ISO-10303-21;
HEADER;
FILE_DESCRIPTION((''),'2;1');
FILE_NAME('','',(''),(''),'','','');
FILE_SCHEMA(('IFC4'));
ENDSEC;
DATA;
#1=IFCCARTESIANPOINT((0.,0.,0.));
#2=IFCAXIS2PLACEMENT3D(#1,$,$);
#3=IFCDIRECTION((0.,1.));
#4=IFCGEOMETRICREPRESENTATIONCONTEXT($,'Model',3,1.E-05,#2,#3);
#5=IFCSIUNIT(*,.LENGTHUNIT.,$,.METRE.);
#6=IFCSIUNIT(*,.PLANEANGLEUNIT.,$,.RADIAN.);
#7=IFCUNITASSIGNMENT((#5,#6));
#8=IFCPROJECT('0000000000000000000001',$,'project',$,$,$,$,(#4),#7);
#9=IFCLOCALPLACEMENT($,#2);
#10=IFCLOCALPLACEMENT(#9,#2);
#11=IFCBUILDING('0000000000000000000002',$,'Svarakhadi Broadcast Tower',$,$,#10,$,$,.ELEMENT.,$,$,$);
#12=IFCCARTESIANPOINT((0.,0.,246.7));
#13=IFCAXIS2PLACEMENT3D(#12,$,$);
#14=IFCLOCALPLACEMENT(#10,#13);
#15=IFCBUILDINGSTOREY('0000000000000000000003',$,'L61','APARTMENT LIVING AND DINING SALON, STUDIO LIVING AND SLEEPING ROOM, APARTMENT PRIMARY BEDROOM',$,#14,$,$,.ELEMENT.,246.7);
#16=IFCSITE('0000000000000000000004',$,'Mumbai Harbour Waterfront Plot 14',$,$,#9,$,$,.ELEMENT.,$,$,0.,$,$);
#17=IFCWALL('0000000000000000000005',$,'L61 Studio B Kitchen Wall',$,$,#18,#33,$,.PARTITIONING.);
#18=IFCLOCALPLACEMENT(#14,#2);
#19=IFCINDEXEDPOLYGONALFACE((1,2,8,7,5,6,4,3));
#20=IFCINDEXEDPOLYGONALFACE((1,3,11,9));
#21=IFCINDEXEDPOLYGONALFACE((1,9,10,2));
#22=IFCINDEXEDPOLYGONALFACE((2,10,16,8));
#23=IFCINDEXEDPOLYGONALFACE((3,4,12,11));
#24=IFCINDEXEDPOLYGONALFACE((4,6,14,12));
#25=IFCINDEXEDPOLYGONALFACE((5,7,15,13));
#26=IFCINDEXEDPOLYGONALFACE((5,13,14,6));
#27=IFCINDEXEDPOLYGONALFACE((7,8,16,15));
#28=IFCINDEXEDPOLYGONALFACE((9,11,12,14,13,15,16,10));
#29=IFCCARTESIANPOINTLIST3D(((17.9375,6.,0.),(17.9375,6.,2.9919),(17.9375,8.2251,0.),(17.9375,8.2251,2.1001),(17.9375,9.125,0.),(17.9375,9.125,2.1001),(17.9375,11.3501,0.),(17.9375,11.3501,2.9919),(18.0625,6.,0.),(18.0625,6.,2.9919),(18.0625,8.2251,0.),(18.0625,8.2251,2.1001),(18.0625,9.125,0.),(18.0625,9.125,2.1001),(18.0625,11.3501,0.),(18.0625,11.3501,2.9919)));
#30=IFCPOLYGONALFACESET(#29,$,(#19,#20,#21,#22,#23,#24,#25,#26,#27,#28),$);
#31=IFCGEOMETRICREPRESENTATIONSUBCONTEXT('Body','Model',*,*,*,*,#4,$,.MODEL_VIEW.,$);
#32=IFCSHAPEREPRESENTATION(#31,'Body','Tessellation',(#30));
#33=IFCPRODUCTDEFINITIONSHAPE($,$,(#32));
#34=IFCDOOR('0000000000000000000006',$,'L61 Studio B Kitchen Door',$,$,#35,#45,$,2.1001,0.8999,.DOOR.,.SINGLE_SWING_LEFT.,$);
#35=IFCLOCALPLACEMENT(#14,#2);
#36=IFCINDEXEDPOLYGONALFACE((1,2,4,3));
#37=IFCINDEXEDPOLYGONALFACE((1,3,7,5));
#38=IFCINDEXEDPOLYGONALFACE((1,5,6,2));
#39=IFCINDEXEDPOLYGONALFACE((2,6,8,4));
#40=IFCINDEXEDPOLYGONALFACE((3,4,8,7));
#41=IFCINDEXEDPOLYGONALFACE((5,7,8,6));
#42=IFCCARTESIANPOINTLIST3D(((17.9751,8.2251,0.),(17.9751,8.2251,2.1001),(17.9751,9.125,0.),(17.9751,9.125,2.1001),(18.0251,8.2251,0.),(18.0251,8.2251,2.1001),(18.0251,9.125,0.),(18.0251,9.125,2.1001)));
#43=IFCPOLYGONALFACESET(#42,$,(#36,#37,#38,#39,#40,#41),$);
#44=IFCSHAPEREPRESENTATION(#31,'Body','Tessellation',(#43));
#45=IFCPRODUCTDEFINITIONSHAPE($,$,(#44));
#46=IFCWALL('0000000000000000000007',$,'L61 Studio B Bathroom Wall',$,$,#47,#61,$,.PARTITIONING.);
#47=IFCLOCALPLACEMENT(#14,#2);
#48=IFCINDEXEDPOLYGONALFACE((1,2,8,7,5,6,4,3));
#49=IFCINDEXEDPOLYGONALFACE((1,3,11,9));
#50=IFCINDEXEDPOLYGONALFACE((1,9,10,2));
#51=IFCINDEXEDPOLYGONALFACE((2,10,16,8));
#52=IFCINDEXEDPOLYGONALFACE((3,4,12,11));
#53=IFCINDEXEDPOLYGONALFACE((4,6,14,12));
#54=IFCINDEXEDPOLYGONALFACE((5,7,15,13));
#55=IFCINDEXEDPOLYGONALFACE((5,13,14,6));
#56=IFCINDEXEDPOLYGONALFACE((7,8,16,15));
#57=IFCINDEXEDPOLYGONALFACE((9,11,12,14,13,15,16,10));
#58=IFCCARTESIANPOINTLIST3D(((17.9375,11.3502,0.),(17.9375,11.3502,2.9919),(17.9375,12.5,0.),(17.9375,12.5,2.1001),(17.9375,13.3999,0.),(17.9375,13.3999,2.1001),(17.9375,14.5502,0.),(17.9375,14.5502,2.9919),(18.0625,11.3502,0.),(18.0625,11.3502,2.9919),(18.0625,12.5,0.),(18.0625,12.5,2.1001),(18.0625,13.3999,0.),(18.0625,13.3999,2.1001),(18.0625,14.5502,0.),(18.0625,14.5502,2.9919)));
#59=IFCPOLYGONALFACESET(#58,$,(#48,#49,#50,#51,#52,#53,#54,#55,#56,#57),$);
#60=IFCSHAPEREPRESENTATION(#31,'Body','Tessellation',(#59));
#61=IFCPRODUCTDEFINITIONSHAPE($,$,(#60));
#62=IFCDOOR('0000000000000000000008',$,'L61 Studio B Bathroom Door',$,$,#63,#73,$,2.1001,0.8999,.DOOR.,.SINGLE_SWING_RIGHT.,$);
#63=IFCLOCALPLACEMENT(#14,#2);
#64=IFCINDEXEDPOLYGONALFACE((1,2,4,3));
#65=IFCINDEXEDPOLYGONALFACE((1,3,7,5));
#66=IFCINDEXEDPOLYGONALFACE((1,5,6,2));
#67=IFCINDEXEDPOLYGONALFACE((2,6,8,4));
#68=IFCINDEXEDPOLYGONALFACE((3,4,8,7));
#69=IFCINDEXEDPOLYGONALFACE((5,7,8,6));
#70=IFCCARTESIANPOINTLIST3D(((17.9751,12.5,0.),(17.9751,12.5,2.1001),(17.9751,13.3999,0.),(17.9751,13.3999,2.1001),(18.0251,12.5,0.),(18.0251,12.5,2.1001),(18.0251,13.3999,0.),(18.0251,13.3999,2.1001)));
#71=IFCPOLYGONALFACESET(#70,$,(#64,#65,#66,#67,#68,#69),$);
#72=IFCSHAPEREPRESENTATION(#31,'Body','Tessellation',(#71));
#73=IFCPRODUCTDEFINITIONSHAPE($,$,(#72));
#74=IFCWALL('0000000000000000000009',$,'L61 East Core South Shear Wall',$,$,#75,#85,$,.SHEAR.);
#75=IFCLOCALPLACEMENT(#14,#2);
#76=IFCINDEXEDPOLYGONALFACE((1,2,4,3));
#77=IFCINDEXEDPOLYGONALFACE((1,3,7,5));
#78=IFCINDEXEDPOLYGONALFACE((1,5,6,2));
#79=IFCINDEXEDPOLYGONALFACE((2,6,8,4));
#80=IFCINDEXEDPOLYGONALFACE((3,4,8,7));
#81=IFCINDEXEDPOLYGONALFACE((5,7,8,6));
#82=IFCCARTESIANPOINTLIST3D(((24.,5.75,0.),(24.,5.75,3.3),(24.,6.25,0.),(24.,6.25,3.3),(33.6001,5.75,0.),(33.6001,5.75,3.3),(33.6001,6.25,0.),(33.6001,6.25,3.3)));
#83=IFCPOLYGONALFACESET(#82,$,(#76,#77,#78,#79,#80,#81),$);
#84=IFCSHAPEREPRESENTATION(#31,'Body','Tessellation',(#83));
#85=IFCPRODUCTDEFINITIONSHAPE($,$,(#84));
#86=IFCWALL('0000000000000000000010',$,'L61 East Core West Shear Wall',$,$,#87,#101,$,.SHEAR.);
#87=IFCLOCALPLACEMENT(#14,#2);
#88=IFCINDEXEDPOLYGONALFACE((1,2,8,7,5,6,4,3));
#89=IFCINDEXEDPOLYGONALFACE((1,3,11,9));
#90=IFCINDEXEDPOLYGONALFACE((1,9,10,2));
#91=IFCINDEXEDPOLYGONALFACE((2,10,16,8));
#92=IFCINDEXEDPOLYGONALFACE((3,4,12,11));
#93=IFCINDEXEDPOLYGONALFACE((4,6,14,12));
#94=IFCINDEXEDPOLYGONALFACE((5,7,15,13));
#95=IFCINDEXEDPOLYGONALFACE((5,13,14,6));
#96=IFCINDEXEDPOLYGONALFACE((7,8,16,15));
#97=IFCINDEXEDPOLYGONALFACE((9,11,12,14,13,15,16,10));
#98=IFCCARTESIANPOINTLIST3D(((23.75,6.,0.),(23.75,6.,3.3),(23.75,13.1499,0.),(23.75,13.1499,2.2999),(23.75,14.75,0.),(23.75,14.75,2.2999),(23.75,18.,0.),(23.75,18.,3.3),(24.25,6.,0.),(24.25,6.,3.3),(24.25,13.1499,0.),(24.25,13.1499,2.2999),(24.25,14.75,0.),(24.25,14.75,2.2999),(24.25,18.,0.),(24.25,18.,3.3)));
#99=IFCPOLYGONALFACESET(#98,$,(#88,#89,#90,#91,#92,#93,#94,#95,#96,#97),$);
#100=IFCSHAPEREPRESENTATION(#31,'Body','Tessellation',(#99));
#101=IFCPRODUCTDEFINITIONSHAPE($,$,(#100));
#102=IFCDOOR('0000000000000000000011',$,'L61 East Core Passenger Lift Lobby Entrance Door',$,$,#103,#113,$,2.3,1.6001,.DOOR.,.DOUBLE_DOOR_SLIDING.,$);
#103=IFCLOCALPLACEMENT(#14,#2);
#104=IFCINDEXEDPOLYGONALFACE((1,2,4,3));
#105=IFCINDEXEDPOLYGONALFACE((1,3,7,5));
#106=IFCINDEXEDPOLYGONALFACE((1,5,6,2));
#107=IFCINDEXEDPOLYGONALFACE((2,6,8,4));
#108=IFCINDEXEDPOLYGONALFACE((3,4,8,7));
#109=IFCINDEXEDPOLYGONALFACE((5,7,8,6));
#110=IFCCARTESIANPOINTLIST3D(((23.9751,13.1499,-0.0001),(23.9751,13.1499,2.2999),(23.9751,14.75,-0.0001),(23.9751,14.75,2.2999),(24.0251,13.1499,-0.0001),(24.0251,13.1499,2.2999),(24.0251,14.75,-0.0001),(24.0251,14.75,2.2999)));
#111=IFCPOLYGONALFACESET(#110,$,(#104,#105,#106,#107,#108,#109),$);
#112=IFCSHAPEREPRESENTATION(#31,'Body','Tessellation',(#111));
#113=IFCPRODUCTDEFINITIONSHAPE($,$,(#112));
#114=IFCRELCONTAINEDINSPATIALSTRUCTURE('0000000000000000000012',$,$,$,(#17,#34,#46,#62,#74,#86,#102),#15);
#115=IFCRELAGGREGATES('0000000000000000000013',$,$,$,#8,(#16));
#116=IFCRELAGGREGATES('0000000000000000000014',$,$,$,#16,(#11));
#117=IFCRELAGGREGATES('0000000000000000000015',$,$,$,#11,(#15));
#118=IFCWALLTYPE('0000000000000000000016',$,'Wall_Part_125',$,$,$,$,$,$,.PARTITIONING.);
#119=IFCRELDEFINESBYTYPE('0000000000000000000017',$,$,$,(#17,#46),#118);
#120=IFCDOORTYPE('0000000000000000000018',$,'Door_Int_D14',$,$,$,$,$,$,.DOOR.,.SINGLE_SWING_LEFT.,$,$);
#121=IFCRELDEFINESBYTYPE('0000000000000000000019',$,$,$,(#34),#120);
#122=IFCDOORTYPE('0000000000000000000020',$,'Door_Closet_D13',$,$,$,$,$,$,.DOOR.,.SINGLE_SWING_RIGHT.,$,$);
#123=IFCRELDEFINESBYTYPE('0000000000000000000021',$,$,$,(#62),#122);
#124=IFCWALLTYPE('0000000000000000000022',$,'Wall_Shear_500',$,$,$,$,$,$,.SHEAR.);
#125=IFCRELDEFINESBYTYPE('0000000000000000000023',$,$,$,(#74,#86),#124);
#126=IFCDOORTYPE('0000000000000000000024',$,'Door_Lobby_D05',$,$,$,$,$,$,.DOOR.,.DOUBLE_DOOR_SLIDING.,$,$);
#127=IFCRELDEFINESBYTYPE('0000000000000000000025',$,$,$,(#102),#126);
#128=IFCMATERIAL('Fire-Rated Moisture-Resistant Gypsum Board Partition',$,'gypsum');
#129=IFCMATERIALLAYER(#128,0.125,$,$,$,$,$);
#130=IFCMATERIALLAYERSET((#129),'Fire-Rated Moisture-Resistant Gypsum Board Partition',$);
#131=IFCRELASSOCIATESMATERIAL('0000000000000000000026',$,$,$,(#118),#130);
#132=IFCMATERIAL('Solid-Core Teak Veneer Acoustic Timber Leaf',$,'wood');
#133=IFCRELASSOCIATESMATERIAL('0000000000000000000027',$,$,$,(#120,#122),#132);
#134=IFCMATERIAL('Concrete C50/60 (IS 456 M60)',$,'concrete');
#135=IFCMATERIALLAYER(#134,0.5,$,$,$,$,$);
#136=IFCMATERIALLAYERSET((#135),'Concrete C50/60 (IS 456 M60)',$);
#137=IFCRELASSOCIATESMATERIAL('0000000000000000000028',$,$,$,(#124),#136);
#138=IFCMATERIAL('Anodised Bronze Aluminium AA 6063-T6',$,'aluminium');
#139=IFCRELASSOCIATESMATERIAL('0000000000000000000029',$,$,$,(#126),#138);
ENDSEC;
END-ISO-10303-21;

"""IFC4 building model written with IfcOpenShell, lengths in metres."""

from ifc_helpers import new_model, si_unit, direction, frame, frame_2d, origin, place, context, subcontext, project, spatial, rectangle, extrude, material, layer, layer_set, type_object, element, fill, save


model = new_model("IFC4")

# Units and contexts
model_context = context("Model", 3, precision=1e-05, world=origin(), true_north=direction((0.0, 1.0)))
body_context = subcontext(model_context, "Body", "Model", "MODEL_VIEW")
ifc_project = project(units=[si_unit("LENGTHUNIT", "METRE"), si_unit("PLANEANGLEUNIT", "RADIAN")], contexts=[model_context])

# Site, building, storey
site_placement = place(None, origin())
site = spatial("IfcSite", under=ifc_project, at=site_placement, Name="Mumbai Harbour Waterfront Plot 14", CompositionType="ELEMENT", RefElevation=0.0)
building_placement = place(site_placement, origin())
building = spatial("IfcBuilding", under=site, at=building_placement, Name="Svarakhadi Broadcast Tower", CompositionType="ELEMENT")
storey_placement = place(building_placement, frame((0.0, 0.0, 246.7)))
storey = spatial("IfcBuildingStorey", under=building, at=storey_placement, Name="L61", Description="APARTMENT LIVING AND DINING SALON, STUDIO LIVING AND SLEEPING ROOM, APARTMENT PRIMARY BEDROOM", CompositionType="ELEMENT", Elevation=246.7)

# Shared definitions
ifc_material_1 = material(Name="Concrete C50/60 (IS 456 M60)", Category="concrete")

# Shared definitions
ifc_material_2 = material(Name="Fire-Rated Moisture-Resistant Gypsum Board Partition", Category="gypsum")
ifc_layer_1 = layer(ifc_material_2, 0.125)
ifc_layer_set_1 = layer_set([ifc_layer_1], Name="Fire-Rated Moisture-Resistant Gypsum Board Partition")
wall_type_1 = type_object("IfcWallType", Name="Wall_Part_125", PredefinedType="PARTITIONING", material=ifc_layer_set_1)

# Walls, openings, doors
wall_1_placement = place(storey_placement, frame((18.0, 6.0, 0.0), z_axis=(0.0, 0.0, 1.0), x_axis=(0.0, 1.0, 0.0)))
wall_1 = element("IfcWall", 1, at=wall_1_placement, inside=storey, type_object=wall_type_1, Name="L61 Studio B Kitchen Wall", PredefinedType="PARTITIONING", context=body_context, shape_type="SweptSolid", body=[
    extrude(rectangle(XDim=5.3501, YDim=0.125, at=frame_2d((2.675, 0.0))), origin(), (0.0, 0.0, 1.0), 2.9919),
])
opening_1_placement = place(wall_1_placement, frame((2.2251, 0.0, 0.0)))
opening_1 = element("IfcOpeningElement", 2, at=opening_1_placement, cuts=wall_1, PredefinedType="OPENING", context=body_context, shape_type="SweptSolid", body=[
    extrude(rectangle(XDim=0.8999, YDim=2.1001, at=frame_2d((0.45, 1.05))), frame((0.0, 0.0725, 0.0), z_axis=(0.0, -1.0, 0.0), x_axis=(1.0, 0.0, 0.0)), (0.0, 0.0, 1.0), 0.145),
])
ifc_material_3 = material(Name="Solid-Core Teak Veneer Acoustic Timber Leaf", Category="wood")
door_type_1 = type_object("IfcDoorType", Name="Door_Int_D14", OperationType="SINGLE_SWING_LEFT", PredefinedType="DOOR", material=ifc_material_3)
door_1_placement = place(opening_1_placement, origin())
door_1 = element("IfcDoor", 3, at=door_1_placement, inside=storey, type_object=door_type_1, Name="L61 Studio B Kitchen Door", OperationType="SINGLE_SWING_LEFT", OverallHeight=2.1001, OverallWidth=0.8999, PredefinedType="DOOR", context=body_context, shape_type="SweptSolid", body=[
    extrude(rectangle(XDim=0.8999, YDim=2.1001, at=frame_2d((0.45, 1.05))), frame((0.0, 0.0249, 0.0), z_axis=(0.0, -1.0, 0.0), x_axis=(1.0, 0.0, 0.0)), (0.0, 0.0, 1.0), 0.05),
])
fill(opening_1, door_1)
wall_2_placement = place(storey_placement, frame((18.0, 11.3501, 0.0), z_axis=(0.0, 0.0, 1.0), x_axis=(0.0, 1.0, 0.0)))
wall_2 = element("IfcWall", 4, at=wall_2_placement, inside=storey, type_object=wall_type_1, Name="L61 Studio B Bathroom Wall", PredefinedType="PARTITIONING", context=body_context, shape_type="SweptSolid", body=[
    extrude(rectangle(XDim=3.2, YDim=0.125, at=frame_2d((1.6001, 0.0))), origin(), (0.0, 0.0, 1.0), 2.9919),
])
opening_2_placement = place(wall_2_placement, frame((1.1499, 0.0, 0.0)))
opening_2 = element("IfcOpeningElement", 5, at=opening_2_placement, cuts=wall_2, PredefinedType="OPENING", context=body_context, shape_type="SweptSolid", body=[
    extrude(rectangle(XDim=0.8999, YDim=2.1001, at=frame_2d((0.45, 1.05))), frame((0.0, 0.0725, 0.0), z_axis=(0.0, -1.0, 0.0), x_axis=(1.0, 0.0, 0.0)), (0.0, 0.0, 1.0), 0.145),
])
door_type_2 = type_object("IfcDoorType", Name="Door_Closet_D13", OperationType="SINGLE_SWING_RIGHT", PredefinedType="DOOR", material=ifc_material_3)
door_2_placement = place(opening_2_placement, origin())
door_2 = element("IfcDoor", 6, at=door_2_placement, inside=storey, type_object=door_type_2, Name="L61 Studio B Bathroom Door", OperationType="SINGLE_SWING_RIGHT", OverallHeight=2.1001, OverallWidth=0.8999, PredefinedType="DOOR", context=body_context, shape_type="SweptSolid", body=[
    extrude(rectangle(XDim=0.8999, YDim=2.1001, at=frame_2d((0.45, 1.05))), frame((0.0, 0.0249, 0.0), z_axis=(0.0, -1.0, 0.0), x_axis=(1.0, 0.0, 0.0)), (0.0, 0.0, 1.0), 0.05),
])
fill(opening_2, door_2)

# Wall
ifc_layer_2 = layer(ifc_material_1, 0.5)
ifc_layer_set_2 = layer_set([ifc_layer_2], Name="Concrete C50/60 (IS 456 M60)")
wall_type_2 = type_object("IfcWallType", Name="Wall_Shear_500", PredefinedType="SHEAR", material=ifc_layer_set_2)
wall_3_placement = place(storey_placement, frame((24.0, 6.0, 0.0), z_axis=(0.0, 0.0, 1.0), x_axis=(1.0, 0.0, 0.0)))
element("IfcWall", 7, at=wall_3_placement, inside=storey, type_object=wall_type_2, Name="L61 East Core South Shear Wall", PredefinedType="SHEAR", context=body_context, shape_type="SweptSolid", body=[
    extrude(rectangle(XDim=9.6001, YDim=0.5, at=frame_2d((4.8, 0.0))), origin(), (0.0, 0.0, 1.0), 3.3),
])

# Wall, opening, door
wall_4_placement = place(storey_placement, frame((24.0, 6.0, 0.0), z_axis=(0.0, 0.0, 1.0), x_axis=(0.0, 1.0, 0.0)))
wall_4 = element("IfcWall", 8, at=wall_4_placement, inside=storey, type_object=wall_type_2, Name="L61 East Core West Shear Wall", PredefinedType="SHEAR", context=body_context, shape_type="SweptSolid", body=[
    extrude(rectangle(XDim=12.0, YDim=0.5, at=frame_2d((6.0, 0.0))), origin(), (0.0, 0.0, 1.0), 3.3),
])
opening_3_placement = place(wall_4_placement, frame((7.1499, 0.0, 0.0)))
opening_3 = element("IfcOpeningElement", 9, at=opening_3_placement, cuts=wall_4, PredefinedType="OPENING", context=body_context, shape_type="SweptSolid", body=[
    extrude(rectangle(XDim=1.6001, YDim=2.3, at=frame_2d((0.8, 1.1499))), frame((0.0, 0.26, 0.0), z_axis=(0.0, -1.0, 0.0), x_axis=(1.0, 0.0, 0.0)), (0.0, 0.0, 1.0), 0.52),
])
ifc_material_4 = material(Name="Anodised Bronze Aluminium AA 6063-T6", Category="aluminium")
door_type_3 = type_object("IfcDoorType", Name="Door_Lobby_D05", OperationType="DOUBLE_DOOR_SLIDING", PredefinedType="DOOR", material=ifc_material_4)
door_3_placement = place(opening_3_placement, origin())
door_3 = element("IfcDoor", 10, at=door_3_placement, inside=storey, type_object=door_type_3, Name="L61 East Core Passenger Lift Lobby Entrance Door", OperationType="DOUBLE_DOOR_SLIDING", OverallHeight=2.3, OverallWidth=1.6001, PredefinedType="DOOR", context=body_context, shape_type="SweptSolid", body=[
    extrude(rectangle(XDim=1.6001, YDim=2.3, at=frame_2d((0.8, 1.1499))), frame((0.0, 0.0249, 0.0), z_axis=(0.0, -1.0, 0.0), x_axis=(1.0, 0.0, 0.0)), (0.0, 0.0, 1.0), 0.05),
])
fill(opening_3, door_3)

save(model, "model.ifc")
